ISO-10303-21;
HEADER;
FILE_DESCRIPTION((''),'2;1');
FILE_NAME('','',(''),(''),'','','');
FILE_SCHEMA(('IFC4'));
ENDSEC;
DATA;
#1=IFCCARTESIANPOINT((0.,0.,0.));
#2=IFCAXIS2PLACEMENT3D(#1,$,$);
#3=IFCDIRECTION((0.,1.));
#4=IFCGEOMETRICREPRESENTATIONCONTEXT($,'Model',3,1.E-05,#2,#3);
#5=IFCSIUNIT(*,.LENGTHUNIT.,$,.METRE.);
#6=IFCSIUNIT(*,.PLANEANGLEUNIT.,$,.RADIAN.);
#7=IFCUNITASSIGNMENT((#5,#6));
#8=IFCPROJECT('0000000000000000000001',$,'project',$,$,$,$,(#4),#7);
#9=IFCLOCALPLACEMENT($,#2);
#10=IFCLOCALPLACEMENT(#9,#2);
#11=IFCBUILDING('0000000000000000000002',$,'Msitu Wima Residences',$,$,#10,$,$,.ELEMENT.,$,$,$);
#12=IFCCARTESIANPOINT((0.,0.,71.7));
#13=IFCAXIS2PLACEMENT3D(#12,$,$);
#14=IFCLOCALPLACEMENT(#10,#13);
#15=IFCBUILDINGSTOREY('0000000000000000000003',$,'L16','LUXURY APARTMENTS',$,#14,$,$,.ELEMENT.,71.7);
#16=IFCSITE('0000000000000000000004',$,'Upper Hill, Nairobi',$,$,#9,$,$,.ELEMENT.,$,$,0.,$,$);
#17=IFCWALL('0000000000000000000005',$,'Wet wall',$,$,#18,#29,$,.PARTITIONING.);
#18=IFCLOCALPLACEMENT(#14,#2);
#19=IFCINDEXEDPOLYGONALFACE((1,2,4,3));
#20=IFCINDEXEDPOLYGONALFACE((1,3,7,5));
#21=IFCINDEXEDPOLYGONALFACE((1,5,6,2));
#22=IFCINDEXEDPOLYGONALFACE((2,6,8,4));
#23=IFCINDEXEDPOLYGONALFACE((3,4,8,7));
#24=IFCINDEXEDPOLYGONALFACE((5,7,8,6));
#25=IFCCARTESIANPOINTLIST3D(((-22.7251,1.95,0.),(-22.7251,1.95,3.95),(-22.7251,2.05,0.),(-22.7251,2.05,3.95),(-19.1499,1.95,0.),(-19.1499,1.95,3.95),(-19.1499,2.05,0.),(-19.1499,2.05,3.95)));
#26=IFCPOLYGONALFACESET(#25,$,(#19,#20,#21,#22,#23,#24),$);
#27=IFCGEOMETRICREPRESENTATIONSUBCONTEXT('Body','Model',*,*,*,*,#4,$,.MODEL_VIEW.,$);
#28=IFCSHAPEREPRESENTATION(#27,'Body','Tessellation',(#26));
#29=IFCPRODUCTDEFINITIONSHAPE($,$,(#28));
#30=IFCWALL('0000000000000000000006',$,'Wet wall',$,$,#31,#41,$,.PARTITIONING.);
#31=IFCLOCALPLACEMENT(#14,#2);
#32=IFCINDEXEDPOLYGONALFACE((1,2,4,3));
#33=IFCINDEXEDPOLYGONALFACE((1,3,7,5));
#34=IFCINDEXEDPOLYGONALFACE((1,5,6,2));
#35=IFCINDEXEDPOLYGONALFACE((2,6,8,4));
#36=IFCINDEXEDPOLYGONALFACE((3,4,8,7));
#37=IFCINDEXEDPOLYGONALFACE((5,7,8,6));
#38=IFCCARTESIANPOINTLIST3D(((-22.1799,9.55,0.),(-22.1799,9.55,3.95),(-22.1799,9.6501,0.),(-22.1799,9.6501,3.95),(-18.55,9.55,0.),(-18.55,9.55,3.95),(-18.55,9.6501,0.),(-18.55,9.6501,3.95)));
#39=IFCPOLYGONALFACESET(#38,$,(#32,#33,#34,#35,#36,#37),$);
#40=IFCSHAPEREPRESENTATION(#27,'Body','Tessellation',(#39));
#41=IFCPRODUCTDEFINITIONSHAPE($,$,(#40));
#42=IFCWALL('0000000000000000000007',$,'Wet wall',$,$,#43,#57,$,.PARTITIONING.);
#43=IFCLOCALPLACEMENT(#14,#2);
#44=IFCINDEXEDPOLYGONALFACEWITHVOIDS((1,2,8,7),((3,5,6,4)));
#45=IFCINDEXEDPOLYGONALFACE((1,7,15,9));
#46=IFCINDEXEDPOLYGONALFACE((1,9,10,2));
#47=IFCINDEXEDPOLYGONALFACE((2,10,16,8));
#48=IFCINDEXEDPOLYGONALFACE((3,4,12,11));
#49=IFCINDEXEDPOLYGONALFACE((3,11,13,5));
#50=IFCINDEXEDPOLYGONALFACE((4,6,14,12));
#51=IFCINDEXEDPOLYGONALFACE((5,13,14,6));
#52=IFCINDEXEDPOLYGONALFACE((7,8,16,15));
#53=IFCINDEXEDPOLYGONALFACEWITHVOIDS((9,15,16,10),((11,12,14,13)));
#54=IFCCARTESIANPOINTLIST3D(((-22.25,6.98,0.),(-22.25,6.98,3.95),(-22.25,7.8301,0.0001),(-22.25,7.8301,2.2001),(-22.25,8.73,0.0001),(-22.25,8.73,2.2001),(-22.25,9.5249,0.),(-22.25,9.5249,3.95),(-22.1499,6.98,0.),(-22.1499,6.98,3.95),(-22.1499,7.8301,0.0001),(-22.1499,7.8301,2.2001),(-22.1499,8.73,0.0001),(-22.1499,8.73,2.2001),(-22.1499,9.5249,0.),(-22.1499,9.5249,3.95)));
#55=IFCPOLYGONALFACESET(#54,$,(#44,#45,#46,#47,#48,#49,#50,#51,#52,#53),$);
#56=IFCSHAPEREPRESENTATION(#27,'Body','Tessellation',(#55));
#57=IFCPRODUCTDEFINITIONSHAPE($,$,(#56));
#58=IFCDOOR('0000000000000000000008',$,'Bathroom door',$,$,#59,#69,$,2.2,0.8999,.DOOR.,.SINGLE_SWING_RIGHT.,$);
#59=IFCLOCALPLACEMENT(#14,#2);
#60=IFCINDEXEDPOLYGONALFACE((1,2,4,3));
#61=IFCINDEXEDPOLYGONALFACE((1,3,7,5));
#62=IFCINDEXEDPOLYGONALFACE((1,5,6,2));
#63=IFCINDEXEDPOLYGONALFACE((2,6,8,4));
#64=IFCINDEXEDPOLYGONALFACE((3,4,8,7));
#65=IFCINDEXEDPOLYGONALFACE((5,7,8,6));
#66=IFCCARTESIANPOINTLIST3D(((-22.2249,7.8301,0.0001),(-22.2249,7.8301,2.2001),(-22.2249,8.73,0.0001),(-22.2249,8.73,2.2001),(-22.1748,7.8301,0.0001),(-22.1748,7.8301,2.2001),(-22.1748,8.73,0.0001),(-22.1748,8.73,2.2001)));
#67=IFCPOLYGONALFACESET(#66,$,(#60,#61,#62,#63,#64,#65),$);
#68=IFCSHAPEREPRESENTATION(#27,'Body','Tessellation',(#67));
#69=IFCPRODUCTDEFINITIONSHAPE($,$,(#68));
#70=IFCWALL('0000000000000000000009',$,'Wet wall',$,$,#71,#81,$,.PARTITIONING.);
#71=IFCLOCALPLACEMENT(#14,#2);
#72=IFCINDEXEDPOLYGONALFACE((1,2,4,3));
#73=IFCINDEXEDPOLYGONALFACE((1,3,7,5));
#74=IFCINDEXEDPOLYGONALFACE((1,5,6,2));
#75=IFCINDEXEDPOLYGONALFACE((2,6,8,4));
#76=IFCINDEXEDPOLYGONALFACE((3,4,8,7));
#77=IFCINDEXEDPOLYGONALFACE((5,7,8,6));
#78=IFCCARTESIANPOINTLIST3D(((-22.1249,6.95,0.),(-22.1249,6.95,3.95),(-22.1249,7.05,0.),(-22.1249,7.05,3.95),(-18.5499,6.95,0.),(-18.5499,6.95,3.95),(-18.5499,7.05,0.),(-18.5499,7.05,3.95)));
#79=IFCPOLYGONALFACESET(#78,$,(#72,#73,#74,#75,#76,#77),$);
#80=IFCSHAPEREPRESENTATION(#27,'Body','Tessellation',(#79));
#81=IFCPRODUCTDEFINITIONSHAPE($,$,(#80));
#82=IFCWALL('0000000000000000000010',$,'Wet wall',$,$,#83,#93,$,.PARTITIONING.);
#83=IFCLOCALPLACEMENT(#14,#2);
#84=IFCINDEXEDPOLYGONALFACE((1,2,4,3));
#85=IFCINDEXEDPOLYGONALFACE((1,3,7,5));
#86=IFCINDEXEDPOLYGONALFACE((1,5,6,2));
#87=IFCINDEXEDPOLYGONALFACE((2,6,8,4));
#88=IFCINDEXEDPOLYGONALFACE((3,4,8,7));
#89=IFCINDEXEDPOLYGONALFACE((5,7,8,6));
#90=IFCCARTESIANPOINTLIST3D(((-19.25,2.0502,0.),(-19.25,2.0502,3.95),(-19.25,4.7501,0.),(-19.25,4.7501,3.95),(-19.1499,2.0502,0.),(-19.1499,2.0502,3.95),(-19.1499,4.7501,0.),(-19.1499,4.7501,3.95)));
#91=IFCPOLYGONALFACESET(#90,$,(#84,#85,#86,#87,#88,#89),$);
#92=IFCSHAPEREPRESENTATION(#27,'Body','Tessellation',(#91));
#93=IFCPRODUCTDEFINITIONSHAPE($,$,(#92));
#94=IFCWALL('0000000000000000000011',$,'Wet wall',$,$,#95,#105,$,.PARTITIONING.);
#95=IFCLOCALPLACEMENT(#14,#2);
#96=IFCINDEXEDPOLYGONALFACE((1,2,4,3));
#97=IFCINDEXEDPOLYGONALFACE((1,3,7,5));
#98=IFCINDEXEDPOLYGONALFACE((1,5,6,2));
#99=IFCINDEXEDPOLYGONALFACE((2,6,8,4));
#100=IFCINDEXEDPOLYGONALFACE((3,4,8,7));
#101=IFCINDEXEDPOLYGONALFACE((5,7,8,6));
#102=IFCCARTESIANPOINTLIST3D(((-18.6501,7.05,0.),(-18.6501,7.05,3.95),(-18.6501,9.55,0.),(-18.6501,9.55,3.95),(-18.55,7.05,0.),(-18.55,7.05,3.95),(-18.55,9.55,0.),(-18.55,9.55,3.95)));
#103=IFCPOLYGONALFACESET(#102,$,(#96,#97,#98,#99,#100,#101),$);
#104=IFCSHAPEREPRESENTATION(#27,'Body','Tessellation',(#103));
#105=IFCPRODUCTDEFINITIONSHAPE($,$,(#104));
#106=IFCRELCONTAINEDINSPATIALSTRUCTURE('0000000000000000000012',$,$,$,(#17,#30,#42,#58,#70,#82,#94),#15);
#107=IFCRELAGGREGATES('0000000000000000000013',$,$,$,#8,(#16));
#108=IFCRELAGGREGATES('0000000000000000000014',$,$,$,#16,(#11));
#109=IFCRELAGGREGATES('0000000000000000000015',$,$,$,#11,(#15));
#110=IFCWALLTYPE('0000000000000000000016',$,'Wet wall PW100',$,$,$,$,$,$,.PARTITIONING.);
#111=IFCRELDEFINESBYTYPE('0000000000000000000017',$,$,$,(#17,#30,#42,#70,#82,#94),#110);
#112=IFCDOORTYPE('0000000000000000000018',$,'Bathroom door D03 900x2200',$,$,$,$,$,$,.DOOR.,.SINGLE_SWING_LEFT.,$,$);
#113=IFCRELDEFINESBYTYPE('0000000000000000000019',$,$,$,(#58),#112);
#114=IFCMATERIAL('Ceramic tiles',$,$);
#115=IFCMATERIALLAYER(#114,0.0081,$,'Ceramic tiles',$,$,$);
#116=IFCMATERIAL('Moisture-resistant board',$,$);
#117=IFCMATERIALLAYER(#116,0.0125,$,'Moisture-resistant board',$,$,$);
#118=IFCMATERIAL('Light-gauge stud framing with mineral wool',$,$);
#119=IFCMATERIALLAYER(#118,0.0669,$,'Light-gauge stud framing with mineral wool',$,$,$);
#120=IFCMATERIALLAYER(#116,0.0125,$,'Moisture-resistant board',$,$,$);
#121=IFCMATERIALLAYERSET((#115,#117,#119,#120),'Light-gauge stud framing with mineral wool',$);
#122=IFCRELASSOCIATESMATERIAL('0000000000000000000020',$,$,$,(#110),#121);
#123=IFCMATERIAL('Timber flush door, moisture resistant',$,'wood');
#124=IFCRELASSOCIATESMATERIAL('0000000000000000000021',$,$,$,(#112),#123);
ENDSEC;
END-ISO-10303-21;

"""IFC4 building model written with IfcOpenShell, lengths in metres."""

from ifc_helpers import new_model, si_unit, direction, frame, frame_2d, origin, place, context, subcontext, project, spatial, rectangle, extrude, material, layer, layer_set, type_object, element, fill, save


model = new_model("IFC4")

# Units and contexts
model_context = context("Model", 3, precision=1e-05, world=origin(), true_north=direction((0.0, 1.0)))
body_context = subcontext(model_context, "Body", "Model", "MODEL_VIEW")
ifc_project = project(units=[si_unit("LENGTHUNIT", "METRE"), si_unit("PLANEANGLEUNIT", "RADIAN")], contexts=[model_context])

# Site, building, storey
site_placement = place(None, origin())
site = spatial("IfcSite", under=ifc_project, at=site_placement, Name="Upper Hill, Nairobi", CompositionType="ELEMENT", RefElevation=0.0)
building_placement = place(site_placement, origin())
building = spatial("IfcBuilding", under=site, at=building_placement, Name="Msitu Wima Residences", CompositionType="ELEMENT")
storey_placement = place(building_placement, frame((0.0, 0.0, 71.7)))
storey = spatial("IfcBuildingStorey", under=building, at=storey_placement, Name="L16", Description="LUXURY APARTMENTS", CompositionType="ELEMENT", Elevation=71.7)

# Shared definitions
ifc_material_1 = material(Name="Ceramic tiles")
ifc_layer_1 = layer(ifc_material_1, 0.0081, Name="Ceramic tiles")
ifc_material_2 = material(Name="Moisture-resistant board")
ifc_layer_2 = layer(ifc_material_2, 0.0125, Name="Moisture-resistant board")
ifc_material_3 = material(Name="Light-gauge stud framing with mineral wool")
ifc_layer_3 = layer(ifc_material_3, 0.0669, Name="Light-gauge stud framing with mineral wool")
ifc_layer_4 = layer(ifc_material_2, 0.0125, Name="Moisture-resistant board")
ifc_layer_set_1 = layer_set([ifc_layer_1, ifc_layer_2, ifc_layer_3, ifc_layer_4], Name="Light-gauge stud framing with mineral wool")
wall_type_1 = type_object("IfcWallType", Name="Wet wall PW100", PredefinedType="PARTITIONING", material=ifc_layer_set_1)

# Shared definitions
ifc_material_4 = material(Name="Timber flush door, moisture resistant", Category="wood")
door_type_1 = type_object("IfcDoorType", Name="Bathroom door D03 900x2200", OperationType="SINGLE_SWING_LEFT", PredefinedType="DOOR", material=ifc_material_4)

# Walls
wall_1_placement = place(storey_placement, frame((-22.7251, 2.0, 0.0), z_axis=(0.0, 0.0, 1.0), x_axis=(1.0, 0.0, 0.0)))
element("IfcWall", 1, at=wall_1_placement, inside=storey, type_object=wall_type_1, Name="Wet wall", PredefinedType="PARTITIONING", context=body_context, shape_type="SweptSolid", body=[
    extrude(rectangle(XDim=3.5752, YDim=0.1001, at=frame_2d((1.7876, 0.0))), origin(), (0.0, 0.0, 1.0), 3.95),
])
wall_2_placement = place(storey_placement, frame((-22.1799, 9.6001, 0.0), z_axis=(0.0, 0.0, 1.0), x_axis=(1.0, 0.0, 0.0)))
element("IfcWall", 2, at=wall_2_placement, inside=storey, type_object=wall_type_1, Name="Wet wall", PredefinedType="PARTITIONING", context=body_context, shape_type="SweptSolid", body=[
    extrude(rectangle(XDim=3.6299, YDim=0.1001, at=frame_2d((1.8149, 0.0))), origin(), (0.0, 0.0, 1.0), 3.95),
])

# Wall, opening, door
wall_3_placement = place(storey_placement, frame((-22.2, 6.98, 0.0), z_axis=(0.0, 0.0, 1.0), x_axis=(0.0, 1.0, 0.0)))
wall_3 = element("IfcWall", 3, at=wall_3_placement, inside=storey, type_object=wall_type_1, Name="Wet wall", PredefinedType="PARTITIONING", context=body_context, shape_type="SweptSolid", body=[
    extrude(rectangle(XDim=2.5449, YDim=0.1001, at=frame_2d((1.2725, 0.0))), origin(), (0.0, 0.0, 1.0), 3.95),
])
opening_1_placement = place(wall_3_placement, frame((0.8501, 0.0, 0.0)))
opening_1 = element("IfcOpeningElement", 4, at=opening_1_placement, cuts=wall_3, PredefinedType="OPENING", context=body_context, shape_type="SweptSolid", body=[
    extrude(rectangle(XDim=0.8999, YDim=2.2, at=frame_2d((0.45, 1.1001))), frame((0.0, 0.0601, 0.0), z_axis=(0.0, -1.0, 0.0), x_axis=(1.0, 0.0, 0.0)), (0.0, 0.0, 1.0), 0.1201),
])
door_1_placement = place(opening_1_placement, origin())
door_1 = element("IfcDoor", 5, at=door_1_placement, inside=storey, type_object=door_type_1, Name="Bathroom door", OperationType="SINGLE_SWING_RIGHT", OverallHeight=2.2, OverallWidth=0.8999, PredefinedType="DOOR", context=body_context, shape_type="SweptSolid", body=[
    extrude(rectangle(XDim=0.8999, YDim=2.2, at=frame_2d((0.45, 1.1001))), frame((0.0, 0.0249, 0.0), z_axis=(0.0, -1.0, 0.0), x_axis=(1.0, 0.0, 0.0)), (0.0, 0.0, 1.0), 0.05),
])
fill(opening_1, door_1)

# Walls
wall_4_placement = place(storey_placement, frame((-22.125, 7.0, 0.0), z_axis=(0.0, 0.0, 1.0), x_axis=(1.0, 0.0, 0.0)))
element("IfcWall", 6, at=wall_4_placement, inside=storey, type_object=wall_type_1, Name="Wet wall", PredefinedType="PARTITIONING", context=body_context, shape_type="SweptSolid", body=[
    extrude(rectangle(XDim=3.575, YDim=0.1001, at=frame_2d((1.7876, 0.0))), origin(), (0.0, 0.0, 1.0), 3.95),
])
wall_5_placement = place(storey_placement, frame((-19.2, 2.05, 0.0), z_axis=(0.0, 0.0, 1.0), x_axis=(0.0, 1.0, 0.0)))
element("IfcWall", 7, at=wall_5_placement, inside=storey, type_object=wall_type_1, Name="Wet wall", PredefinedType="PARTITIONING", context=body_context, shape_type="SweptSolid", body=[
    extrude(rectangle(XDim=2.7, YDim=0.1001, at=frame_2d((1.3501, 0.0))), origin(), (0.0, 0.0, 1.0), 3.95),
])
wall_6_placement = place(storey_placement, frame((-18.6001, 7.05, 0.0), z_axis=(0.0, 0.0, 1.0), x_axis=(0.0, 1.0, 0.0)))
element("IfcWall", 8, at=wall_6_placement, inside=storey, type_object=wall_type_1, Name="Wet wall", PredefinedType="PARTITIONING", context=body_context, shape_type="SweptSolid", body=[
    extrude(rectangle(XDim=2.5, YDim=0.1001, at=frame_2d((1.25, 0.0))), origin(), (0.0, 0.0, 1.0), 3.95),
])

save(model, "model.ifc")
